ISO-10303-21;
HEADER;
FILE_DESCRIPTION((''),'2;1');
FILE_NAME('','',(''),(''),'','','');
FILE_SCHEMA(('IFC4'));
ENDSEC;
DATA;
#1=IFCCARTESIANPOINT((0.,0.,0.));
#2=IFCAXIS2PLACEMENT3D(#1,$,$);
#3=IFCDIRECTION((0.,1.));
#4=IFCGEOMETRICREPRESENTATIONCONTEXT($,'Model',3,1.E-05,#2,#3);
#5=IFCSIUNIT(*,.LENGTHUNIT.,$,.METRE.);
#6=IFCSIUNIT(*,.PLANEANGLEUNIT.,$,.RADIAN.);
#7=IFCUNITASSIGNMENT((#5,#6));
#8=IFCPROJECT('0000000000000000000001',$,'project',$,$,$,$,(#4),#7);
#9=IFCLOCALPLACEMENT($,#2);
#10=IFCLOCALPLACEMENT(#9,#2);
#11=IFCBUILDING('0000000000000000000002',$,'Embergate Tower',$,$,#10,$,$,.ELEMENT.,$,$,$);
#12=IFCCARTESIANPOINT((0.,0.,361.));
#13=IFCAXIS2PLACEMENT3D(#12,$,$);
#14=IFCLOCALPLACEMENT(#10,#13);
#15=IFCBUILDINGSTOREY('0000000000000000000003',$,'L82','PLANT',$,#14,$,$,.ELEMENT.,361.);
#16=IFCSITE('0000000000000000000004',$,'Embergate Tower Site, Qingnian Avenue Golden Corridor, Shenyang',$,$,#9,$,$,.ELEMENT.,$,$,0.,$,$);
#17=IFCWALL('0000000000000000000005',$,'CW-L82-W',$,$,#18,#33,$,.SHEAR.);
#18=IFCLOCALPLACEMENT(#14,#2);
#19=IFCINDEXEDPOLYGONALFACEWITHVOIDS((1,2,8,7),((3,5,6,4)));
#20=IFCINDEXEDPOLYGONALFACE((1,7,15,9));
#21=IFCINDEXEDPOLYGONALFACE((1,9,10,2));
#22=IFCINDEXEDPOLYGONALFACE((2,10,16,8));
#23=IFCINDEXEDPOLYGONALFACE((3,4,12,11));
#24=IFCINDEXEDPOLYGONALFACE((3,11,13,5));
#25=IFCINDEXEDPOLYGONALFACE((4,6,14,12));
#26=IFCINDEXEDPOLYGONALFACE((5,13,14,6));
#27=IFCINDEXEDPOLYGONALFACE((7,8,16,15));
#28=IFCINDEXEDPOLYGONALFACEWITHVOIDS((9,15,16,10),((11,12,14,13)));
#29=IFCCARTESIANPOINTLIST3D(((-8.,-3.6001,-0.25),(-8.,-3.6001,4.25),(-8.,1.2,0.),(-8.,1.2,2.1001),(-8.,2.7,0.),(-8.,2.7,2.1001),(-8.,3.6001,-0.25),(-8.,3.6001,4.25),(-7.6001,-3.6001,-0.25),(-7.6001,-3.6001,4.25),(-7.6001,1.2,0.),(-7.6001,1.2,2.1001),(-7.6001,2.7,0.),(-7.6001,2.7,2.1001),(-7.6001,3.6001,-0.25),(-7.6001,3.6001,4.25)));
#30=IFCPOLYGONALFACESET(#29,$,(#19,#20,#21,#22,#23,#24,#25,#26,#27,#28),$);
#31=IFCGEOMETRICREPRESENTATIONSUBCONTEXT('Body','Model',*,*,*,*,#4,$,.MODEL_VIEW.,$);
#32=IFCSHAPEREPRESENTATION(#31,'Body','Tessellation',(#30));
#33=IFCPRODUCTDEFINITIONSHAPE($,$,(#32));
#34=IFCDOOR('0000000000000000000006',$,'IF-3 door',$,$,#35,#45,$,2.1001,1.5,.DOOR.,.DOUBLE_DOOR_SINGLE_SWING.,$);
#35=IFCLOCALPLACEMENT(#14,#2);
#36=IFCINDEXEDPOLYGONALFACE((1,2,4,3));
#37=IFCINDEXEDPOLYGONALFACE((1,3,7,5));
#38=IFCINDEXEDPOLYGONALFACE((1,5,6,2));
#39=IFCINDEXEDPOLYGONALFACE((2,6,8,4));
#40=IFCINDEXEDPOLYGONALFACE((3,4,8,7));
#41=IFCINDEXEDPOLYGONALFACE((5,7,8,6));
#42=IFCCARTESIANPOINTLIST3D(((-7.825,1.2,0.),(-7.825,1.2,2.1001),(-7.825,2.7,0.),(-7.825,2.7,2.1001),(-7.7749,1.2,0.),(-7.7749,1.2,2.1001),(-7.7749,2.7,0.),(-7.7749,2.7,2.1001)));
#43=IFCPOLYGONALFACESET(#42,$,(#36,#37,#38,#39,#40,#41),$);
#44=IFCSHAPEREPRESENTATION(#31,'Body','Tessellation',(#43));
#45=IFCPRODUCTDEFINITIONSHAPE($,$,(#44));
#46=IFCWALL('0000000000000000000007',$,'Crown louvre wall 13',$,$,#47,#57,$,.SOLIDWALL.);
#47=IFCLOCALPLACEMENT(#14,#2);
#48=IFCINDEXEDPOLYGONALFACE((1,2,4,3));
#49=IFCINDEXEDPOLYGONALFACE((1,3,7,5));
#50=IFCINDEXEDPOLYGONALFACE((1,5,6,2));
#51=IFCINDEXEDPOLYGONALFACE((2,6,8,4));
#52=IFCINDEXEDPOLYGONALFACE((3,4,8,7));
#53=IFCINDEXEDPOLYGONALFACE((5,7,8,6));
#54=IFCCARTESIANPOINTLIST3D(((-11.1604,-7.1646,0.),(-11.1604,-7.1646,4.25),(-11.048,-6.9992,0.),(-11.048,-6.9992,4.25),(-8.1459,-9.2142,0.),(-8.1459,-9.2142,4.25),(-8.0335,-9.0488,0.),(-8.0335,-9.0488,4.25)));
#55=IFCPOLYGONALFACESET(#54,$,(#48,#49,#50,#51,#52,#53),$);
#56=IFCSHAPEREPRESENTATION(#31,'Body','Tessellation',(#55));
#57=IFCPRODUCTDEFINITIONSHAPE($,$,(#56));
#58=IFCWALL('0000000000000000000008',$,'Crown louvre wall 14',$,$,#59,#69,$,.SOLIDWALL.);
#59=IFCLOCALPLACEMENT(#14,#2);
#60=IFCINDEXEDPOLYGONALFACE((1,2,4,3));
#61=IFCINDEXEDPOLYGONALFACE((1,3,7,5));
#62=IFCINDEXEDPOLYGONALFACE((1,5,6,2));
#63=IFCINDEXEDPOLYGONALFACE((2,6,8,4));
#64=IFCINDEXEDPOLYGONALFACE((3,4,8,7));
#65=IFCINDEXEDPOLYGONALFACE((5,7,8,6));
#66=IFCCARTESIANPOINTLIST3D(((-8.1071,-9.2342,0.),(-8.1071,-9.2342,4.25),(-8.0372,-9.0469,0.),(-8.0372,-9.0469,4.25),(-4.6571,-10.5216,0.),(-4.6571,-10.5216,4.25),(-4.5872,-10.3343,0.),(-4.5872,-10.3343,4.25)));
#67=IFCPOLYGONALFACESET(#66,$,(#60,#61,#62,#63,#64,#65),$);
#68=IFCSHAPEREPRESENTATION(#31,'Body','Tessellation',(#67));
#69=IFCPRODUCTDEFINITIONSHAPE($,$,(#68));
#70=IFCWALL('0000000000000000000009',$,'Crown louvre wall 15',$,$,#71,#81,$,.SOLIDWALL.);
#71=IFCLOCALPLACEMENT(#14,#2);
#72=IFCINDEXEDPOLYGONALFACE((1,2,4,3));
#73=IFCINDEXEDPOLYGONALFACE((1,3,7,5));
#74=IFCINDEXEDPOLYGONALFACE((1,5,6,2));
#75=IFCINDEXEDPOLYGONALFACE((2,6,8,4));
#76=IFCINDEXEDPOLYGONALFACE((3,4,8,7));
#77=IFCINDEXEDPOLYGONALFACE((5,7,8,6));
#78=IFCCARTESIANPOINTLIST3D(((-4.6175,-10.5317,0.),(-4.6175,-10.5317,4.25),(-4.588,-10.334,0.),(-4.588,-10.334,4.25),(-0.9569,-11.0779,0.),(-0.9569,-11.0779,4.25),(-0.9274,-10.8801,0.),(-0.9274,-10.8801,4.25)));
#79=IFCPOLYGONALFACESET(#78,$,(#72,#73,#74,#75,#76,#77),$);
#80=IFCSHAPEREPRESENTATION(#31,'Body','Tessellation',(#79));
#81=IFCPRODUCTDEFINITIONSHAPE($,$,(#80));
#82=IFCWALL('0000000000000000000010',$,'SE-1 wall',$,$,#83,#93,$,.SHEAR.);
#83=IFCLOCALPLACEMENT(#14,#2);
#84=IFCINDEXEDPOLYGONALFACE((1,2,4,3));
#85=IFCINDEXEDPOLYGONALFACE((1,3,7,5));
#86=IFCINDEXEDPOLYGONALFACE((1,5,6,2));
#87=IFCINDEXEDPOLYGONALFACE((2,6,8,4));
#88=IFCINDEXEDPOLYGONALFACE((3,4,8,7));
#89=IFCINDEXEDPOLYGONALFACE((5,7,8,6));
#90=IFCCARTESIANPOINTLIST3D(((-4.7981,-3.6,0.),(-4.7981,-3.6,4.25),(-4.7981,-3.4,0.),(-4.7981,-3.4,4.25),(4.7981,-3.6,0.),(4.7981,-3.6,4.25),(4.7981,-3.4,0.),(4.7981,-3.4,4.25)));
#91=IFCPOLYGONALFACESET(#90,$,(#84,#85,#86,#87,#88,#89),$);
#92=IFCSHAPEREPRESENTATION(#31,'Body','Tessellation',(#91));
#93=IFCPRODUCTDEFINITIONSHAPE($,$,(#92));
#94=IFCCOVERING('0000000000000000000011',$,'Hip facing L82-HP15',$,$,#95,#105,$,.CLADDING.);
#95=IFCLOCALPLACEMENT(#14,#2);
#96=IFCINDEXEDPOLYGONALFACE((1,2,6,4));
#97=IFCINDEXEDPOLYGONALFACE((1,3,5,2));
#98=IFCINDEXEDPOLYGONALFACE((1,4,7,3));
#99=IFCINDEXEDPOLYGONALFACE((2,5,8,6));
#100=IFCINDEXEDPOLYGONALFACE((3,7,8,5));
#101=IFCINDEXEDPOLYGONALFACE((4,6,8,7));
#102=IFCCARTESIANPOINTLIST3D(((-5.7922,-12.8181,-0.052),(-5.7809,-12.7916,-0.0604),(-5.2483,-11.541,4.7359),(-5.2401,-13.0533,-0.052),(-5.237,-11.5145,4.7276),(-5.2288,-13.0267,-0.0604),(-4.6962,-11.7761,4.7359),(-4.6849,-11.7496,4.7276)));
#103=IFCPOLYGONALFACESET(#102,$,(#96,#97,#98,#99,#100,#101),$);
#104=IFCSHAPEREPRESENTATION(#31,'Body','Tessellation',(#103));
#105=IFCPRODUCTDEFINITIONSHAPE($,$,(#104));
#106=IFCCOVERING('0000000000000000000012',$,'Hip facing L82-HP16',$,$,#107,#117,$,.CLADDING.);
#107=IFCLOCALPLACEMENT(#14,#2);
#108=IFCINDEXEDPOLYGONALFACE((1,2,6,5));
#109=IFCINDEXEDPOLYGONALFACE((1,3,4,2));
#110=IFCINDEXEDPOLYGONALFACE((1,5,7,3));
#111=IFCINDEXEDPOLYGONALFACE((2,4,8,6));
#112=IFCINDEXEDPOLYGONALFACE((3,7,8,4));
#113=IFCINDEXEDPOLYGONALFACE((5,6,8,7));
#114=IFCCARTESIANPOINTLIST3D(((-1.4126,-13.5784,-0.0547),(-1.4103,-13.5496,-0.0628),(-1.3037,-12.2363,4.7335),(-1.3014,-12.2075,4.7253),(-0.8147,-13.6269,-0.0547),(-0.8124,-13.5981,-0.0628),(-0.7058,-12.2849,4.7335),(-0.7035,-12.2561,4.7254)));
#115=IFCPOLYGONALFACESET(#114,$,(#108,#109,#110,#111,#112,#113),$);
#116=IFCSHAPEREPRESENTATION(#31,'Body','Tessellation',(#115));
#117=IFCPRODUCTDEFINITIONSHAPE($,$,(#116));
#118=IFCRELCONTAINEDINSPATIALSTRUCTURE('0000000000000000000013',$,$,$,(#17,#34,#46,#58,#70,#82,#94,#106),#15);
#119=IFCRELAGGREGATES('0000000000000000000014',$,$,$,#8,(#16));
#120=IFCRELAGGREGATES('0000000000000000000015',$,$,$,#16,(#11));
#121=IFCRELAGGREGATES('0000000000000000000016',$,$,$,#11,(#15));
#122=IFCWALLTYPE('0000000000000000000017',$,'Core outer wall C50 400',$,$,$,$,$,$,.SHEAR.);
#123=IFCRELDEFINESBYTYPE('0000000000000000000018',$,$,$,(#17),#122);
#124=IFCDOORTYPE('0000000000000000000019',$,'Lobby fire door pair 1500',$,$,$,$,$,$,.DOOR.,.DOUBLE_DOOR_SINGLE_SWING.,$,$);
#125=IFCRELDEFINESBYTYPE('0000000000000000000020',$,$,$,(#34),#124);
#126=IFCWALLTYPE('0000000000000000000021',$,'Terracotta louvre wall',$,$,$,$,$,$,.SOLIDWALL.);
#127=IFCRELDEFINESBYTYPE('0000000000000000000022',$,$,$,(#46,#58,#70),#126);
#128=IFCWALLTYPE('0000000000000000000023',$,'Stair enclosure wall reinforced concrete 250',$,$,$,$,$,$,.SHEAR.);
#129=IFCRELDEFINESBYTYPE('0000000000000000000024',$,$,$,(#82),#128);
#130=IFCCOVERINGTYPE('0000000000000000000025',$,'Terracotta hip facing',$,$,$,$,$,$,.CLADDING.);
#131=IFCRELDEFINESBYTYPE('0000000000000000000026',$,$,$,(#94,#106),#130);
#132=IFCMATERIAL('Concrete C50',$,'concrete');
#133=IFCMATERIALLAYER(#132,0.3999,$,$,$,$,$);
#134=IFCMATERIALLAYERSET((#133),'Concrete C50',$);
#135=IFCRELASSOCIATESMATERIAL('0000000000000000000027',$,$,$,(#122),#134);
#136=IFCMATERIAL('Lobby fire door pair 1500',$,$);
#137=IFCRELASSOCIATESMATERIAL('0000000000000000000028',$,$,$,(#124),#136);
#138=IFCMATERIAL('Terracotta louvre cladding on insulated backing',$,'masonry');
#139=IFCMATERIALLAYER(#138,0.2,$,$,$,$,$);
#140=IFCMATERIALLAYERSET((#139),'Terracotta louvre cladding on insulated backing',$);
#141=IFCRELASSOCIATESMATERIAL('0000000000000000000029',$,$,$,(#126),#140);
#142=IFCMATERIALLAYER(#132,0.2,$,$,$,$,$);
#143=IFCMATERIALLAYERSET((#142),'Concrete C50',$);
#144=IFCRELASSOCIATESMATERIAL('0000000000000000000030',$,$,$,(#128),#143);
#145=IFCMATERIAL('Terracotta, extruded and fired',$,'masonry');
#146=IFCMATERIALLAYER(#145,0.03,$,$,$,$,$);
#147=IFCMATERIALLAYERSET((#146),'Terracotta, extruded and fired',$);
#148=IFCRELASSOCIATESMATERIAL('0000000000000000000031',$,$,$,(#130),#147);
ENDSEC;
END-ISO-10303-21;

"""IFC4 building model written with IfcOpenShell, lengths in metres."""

from ifc_helpers import new_model, si_unit, direction, frame, frame_2d, origin, place, context, subcontext, project, spatial, polyline, rectangle, outline, extrude, source, transform, mapped, material, layer, layer_set, type_object, element, fill, save


model = new_model("IFC4")

# Units and contexts
model_context = context("Model", 3, precision=1e-05, world=origin(), true_north=direction((0.0, 1.0)))
body_context = subcontext(model_context, "Body", "Model", "MODEL_VIEW")
ifc_project = project(units=[si_unit("LENGTHUNIT", "METRE"), si_unit("PLANEANGLEUNIT", "RADIAN")], contexts=[model_context])

# Site, building, storey
site_placement = place(None, origin())
site = spatial("IfcSite", under=ifc_project, at=site_placement, Name="Embergate Tower Site, Qingnian Avenue Golden Corridor, Shenyang", CompositionType="ELEMENT", RefElevation=0.0)
building_placement = place(site_placement, origin())
building = spatial("IfcBuilding", under=site, at=building_placement, Name="Embergate Tower", CompositionType="ELEMENT")
storey_placement = place(building_placement, frame((0.0, 0.0, 361.0)))
storey = spatial("IfcBuildingStorey", under=building, at=storey_placement, Name="L82", Description="PLANT", CompositionType="ELEMENT", Elevation=361.0)

# Shared definitions
ifc_material_1 = material(Name="Concrete C50", Category="concrete")
ifc_layer_1 = layer(ifc_material_1, 0.3999)
ifc_layer_set_1 = layer_set([ifc_layer_1], Name="Concrete C50")
wall_type_1 = type_object("IfcWallType", Name="Core outer wall C50 400", PredefinedType="SHEAR", material=ifc_layer_set_1)

# Wall, opening, door
shared_shape_1 = source(origin(), body_context, "Body", "SweptSolid", [
    extrude(rectangle(XDim=7.2002, YDim=0.3999, at=frame_2d((3.6001, 0.0))), origin(), (0.0, 0.0, 1.0), 4.5),
])
wall_1_placement = place(storey_placement, frame((-7.8, -3.6001, -0.25), z_axis=(0.0, 0.0, 1.0), x_axis=(0.0, 1.0, 0.0)))
wall_1 = element("IfcWall", 1, at=wall_1_placement, inside=storey, type_object=wall_type_1, Name="CW-L82-W", PredefinedType="SHEAR", context=body_context, shape_type="MappedRepresentation", body=[
    mapped(shared_shape_1, transform((0.0, 0.0, 0.0))),
])
shared_shape_2 = source(origin(), body_context, "Body", "SweptSolid", [
    extrude(rectangle(XDim=1.5, YDim=2.1001, at=frame_2d((0.75, 1.05))), frame((0.0, 0.21, 0.0), z_axis=(0.0, -1.0, 0.0), x_axis=(1.0, 0.0, 0.0)), (0.0, 0.0, 1.0), 0.4199),
])
opening_placement = place(wall_1_placement, frame((4.8, 0.0, 0.25)))
opening = element("IfcOpeningElement", 2, at=opening_placement, cuts=wall_1, PredefinedType="OPENING", context=body_context, shape_type="MappedRepresentation", body=[
    mapped(shared_shape_2, transform((0.0, 0.0, 0.0))),
])
ifc_material_2 = material(Name="Lobby fire door pair 1500")
door_type = type_object("IfcDoorType", Name="Lobby fire door pair 1500", OperationType="DOUBLE_DOOR_SINGLE_SWING", PredefinedType="DOOR", material=ifc_material_2)
shared_shape_3 = source(origin(), body_context, "Body", "SweptSolid", [
    extrude(rectangle(XDim=1.5, YDim=2.1001, at=frame_2d((0.75, 1.05))), frame((0.0, 0.0249, 0.0), z_axis=(0.0, -1.0, 0.0), x_axis=(1.0, 0.0, 0.0)), (0.0, 0.0, 1.0), 0.05),
])
door_placement = place(opening_placement, origin())
door = element("IfcDoor", 3, at=door_placement, inside=storey, type_object=door_type, Name="IF-3 door", OperationType="DOUBLE_DOOR_SINGLE_SWING", OverallHeight=2.1001, OverallWidth=1.5, PredefinedType="DOOR", context=body_context, shape_type="MappedRepresentation", body=[
    mapped(shared_shape_3, transform((0.0, 0.0, 0.0))),
])
fill(opening, door)

# Walls
ifc_material_3 = material(Name="Terracotta louvre cladding on insulated backing", Category="masonry")
ifc_layer_2 = layer(ifc_material_3, 0.2)
ifc_layer_set_2 = layer_set([ifc_layer_2], Name="Terracotta louvre cladding on insulated backing")
wall_type_2 = type_object("IfcWallType", Name="Terracotta louvre wall", PredefinedType="SOLIDWALL", material=ifc_layer_set_2)
shared_shape_4 = source(origin(), body_context, "Body", "SweptSolid", [
    extrude(rectangle(XDim=3.6453, YDim=0.2, at=frame_2d((1.8228, 0.0))), origin(), (0.0, 0.0, 1.0), 4.25),
])
wall_2_placement = place(storey_placement, frame((-8.0896, -9.1316, 0.0), z_axis=(0.0, 0.0, 1.0), x_axis=(-0.826956, 0.562266, 0.0)))
element("IfcWall", 4, at=wall_2_placement, inside=storey, type_object=wall_type_2, Name="Crown louvre wall 13", PredefinedType="SOLIDWALL", context=body_context, shape_type="MappedRepresentation", body=[
    mapped(shared_shape_4, transform((0.0, 0.0, 0.0))),
])
shared_shape_5 = source(origin(), body_context, "Body", "SweptSolid", [
    extrude(rectangle(XDim=3.6824, YDim=0.2, at=frame_2d((1.8413, 0.0))), origin(), (0.0, 0.0, 1.0), 4.25),
])
wall_3_placement = place(storey_placement, frame((-4.6221, -10.428, 0.0), z_axis=(0.0, 0.0, 1.0), x_axis=(-0.936897, 0.349604, 0.0)))
element("IfcWall", 5, at=wall_3_placement, inside=storey, type_object=wall_type_2, Name="Crown louvre wall 14", PredefinedType="SOLIDWALL", context=body_context, shape_type="MappedRepresentation", body=[
    mapped(shared_shape_5, transform((0.0, 0.0, 0.0))),
])
shared_shape_6 = source(origin(), body_context, "Body", "SweptSolid", [
    extrude(rectangle(XDim=3.7012, YDim=0.2, at=frame_2d((1.8506, 0.0))), origin(), (0.0, 0.0, 1.0), 4.25),
])
wall_4_placement = place(storey_placement, frame((-0.9421, -10.979, 0.0), z_axis=(0.0, 0.0, 1.0), x_axis=(-0.989053, 0.14756, 0.0)))
element("IfcWall", 6, at=wall_4_placement, inside=storey, type_object=wall_type_2, Name="Crown louvre wall 15", PredefinedType="SOLIDWALL", context=body_context, shape_type="MappedRepresentation", body=[
    mapped(shared_shape_6, transform((0.0, 0.0, 0.0))),
])
ifc_layer_3 = layer(ifc_material_1, 0.2)
ifc_layer_set_3 = layer_set([ifc_layer_3], Name="Concrete C50")
wall_type_3 = type_object("IfcWallType", Name="Stair enclosure wall reinforced concrete 250", PredefinedType="SHEAR", material=ifc_layer_set_3)
shared_shape_7 = source(origin(), body_context, "Body", "SweptSolid", [
    extrude(rectangle(XDim=9.5962, YDim=0.2, at=frame_2d((4.7981, 0.0))), origin(), (0.0, 0.0, 1.0), 4.25),
])
wall_5_placement = place(storey_placement, frame((-4.7981, -3.5, 0.0), z_axis=(0.0, 0.0, 1.0), x_axis=(1.0, 0.0, 0.0)))
element("IfcWall", 7, at=wall_5_placement, inside=storey, type_object=wall_type_3, Name="SE-1 wall", PredefinedType="SHEAR", context=body_context, shape_type="MappedRepresentation", body=[
    mapped(shared_shape_7, transform((0.0, 0.0, 0.0))),
])

# Coverings
ifc_material_4 = material(Name="Terracotta, extruded and fired", Category="masonry")
ifc_layer_4 = layer(ifc_material_4, 0.03)
ifc_layer_set_4 = layer_set([ifc_layer_4], Name="Terracotta, extruded and fired")
covering_type = type_object("IfcCoveringType", Name="Terracotta hip facing", PredefinedType="CLADDING", material=ifc_layer_set_4)
shared_shape_8 = source(origin(), body_context, "Body", "SweptSolid", [
    extrude(outline(polyline([(0.0, 0.0), (4.9851, 0.0), (4.9851, -0.6001), (0.0, -0.6001), (0.0, 0.0)])), origin(), (0.0, 0.0, -1.0), 0.03),
])
covering_1_placement = place(storey_placement, frame((-5.7922, -12.8181, -0.052), z_axis=(-0.376357, -0.883638, 0.278458), x_axis=(0.109116, 0.256188, 0.960448)))
element("IfcCovering", 8, at=covering_1_placement, inside=storey, type_object=covering_type, Name="Hip facing L82-HP15", PredefinedType="CLADDING", context=body_context, shape_type="MappedRepresentation", body=[
    mapped(shared_shape_8, transform((0.0, 0.0, 0.0))),
])
shared_shape_9 = source(origin(), body_context, "Body", "SweptSolid", [
    extrude(outline(polyline([(0.0, 0.0), (4.9739, 0.0), (4.9739, -0.5999), (0.0, -0.5999), (0.0, 0.0)])), origin(), (0.0, 0.0, -1.0), 0.03),
])
covering_2_placement = place(storey_placement, frame((-1.4126, -13.5784, -0.0547), z_axis=(-0.077967, -0.959499, 0.270709), x_axis=(0.021892, 0.269822, 0.962661)))
element("IfcCovering", 9, at=covering_2_placement, inside=storey, type_object=covering_type, Name="Hip facing L82-HP16", PredefinedType="CLADDING", context=body_context, shape_type="MappedRepresentation", body=[
    mapped(shared_shape_9, transform((0.0, 0.0, 0.0))),
])

save(model, "model.ifc")
